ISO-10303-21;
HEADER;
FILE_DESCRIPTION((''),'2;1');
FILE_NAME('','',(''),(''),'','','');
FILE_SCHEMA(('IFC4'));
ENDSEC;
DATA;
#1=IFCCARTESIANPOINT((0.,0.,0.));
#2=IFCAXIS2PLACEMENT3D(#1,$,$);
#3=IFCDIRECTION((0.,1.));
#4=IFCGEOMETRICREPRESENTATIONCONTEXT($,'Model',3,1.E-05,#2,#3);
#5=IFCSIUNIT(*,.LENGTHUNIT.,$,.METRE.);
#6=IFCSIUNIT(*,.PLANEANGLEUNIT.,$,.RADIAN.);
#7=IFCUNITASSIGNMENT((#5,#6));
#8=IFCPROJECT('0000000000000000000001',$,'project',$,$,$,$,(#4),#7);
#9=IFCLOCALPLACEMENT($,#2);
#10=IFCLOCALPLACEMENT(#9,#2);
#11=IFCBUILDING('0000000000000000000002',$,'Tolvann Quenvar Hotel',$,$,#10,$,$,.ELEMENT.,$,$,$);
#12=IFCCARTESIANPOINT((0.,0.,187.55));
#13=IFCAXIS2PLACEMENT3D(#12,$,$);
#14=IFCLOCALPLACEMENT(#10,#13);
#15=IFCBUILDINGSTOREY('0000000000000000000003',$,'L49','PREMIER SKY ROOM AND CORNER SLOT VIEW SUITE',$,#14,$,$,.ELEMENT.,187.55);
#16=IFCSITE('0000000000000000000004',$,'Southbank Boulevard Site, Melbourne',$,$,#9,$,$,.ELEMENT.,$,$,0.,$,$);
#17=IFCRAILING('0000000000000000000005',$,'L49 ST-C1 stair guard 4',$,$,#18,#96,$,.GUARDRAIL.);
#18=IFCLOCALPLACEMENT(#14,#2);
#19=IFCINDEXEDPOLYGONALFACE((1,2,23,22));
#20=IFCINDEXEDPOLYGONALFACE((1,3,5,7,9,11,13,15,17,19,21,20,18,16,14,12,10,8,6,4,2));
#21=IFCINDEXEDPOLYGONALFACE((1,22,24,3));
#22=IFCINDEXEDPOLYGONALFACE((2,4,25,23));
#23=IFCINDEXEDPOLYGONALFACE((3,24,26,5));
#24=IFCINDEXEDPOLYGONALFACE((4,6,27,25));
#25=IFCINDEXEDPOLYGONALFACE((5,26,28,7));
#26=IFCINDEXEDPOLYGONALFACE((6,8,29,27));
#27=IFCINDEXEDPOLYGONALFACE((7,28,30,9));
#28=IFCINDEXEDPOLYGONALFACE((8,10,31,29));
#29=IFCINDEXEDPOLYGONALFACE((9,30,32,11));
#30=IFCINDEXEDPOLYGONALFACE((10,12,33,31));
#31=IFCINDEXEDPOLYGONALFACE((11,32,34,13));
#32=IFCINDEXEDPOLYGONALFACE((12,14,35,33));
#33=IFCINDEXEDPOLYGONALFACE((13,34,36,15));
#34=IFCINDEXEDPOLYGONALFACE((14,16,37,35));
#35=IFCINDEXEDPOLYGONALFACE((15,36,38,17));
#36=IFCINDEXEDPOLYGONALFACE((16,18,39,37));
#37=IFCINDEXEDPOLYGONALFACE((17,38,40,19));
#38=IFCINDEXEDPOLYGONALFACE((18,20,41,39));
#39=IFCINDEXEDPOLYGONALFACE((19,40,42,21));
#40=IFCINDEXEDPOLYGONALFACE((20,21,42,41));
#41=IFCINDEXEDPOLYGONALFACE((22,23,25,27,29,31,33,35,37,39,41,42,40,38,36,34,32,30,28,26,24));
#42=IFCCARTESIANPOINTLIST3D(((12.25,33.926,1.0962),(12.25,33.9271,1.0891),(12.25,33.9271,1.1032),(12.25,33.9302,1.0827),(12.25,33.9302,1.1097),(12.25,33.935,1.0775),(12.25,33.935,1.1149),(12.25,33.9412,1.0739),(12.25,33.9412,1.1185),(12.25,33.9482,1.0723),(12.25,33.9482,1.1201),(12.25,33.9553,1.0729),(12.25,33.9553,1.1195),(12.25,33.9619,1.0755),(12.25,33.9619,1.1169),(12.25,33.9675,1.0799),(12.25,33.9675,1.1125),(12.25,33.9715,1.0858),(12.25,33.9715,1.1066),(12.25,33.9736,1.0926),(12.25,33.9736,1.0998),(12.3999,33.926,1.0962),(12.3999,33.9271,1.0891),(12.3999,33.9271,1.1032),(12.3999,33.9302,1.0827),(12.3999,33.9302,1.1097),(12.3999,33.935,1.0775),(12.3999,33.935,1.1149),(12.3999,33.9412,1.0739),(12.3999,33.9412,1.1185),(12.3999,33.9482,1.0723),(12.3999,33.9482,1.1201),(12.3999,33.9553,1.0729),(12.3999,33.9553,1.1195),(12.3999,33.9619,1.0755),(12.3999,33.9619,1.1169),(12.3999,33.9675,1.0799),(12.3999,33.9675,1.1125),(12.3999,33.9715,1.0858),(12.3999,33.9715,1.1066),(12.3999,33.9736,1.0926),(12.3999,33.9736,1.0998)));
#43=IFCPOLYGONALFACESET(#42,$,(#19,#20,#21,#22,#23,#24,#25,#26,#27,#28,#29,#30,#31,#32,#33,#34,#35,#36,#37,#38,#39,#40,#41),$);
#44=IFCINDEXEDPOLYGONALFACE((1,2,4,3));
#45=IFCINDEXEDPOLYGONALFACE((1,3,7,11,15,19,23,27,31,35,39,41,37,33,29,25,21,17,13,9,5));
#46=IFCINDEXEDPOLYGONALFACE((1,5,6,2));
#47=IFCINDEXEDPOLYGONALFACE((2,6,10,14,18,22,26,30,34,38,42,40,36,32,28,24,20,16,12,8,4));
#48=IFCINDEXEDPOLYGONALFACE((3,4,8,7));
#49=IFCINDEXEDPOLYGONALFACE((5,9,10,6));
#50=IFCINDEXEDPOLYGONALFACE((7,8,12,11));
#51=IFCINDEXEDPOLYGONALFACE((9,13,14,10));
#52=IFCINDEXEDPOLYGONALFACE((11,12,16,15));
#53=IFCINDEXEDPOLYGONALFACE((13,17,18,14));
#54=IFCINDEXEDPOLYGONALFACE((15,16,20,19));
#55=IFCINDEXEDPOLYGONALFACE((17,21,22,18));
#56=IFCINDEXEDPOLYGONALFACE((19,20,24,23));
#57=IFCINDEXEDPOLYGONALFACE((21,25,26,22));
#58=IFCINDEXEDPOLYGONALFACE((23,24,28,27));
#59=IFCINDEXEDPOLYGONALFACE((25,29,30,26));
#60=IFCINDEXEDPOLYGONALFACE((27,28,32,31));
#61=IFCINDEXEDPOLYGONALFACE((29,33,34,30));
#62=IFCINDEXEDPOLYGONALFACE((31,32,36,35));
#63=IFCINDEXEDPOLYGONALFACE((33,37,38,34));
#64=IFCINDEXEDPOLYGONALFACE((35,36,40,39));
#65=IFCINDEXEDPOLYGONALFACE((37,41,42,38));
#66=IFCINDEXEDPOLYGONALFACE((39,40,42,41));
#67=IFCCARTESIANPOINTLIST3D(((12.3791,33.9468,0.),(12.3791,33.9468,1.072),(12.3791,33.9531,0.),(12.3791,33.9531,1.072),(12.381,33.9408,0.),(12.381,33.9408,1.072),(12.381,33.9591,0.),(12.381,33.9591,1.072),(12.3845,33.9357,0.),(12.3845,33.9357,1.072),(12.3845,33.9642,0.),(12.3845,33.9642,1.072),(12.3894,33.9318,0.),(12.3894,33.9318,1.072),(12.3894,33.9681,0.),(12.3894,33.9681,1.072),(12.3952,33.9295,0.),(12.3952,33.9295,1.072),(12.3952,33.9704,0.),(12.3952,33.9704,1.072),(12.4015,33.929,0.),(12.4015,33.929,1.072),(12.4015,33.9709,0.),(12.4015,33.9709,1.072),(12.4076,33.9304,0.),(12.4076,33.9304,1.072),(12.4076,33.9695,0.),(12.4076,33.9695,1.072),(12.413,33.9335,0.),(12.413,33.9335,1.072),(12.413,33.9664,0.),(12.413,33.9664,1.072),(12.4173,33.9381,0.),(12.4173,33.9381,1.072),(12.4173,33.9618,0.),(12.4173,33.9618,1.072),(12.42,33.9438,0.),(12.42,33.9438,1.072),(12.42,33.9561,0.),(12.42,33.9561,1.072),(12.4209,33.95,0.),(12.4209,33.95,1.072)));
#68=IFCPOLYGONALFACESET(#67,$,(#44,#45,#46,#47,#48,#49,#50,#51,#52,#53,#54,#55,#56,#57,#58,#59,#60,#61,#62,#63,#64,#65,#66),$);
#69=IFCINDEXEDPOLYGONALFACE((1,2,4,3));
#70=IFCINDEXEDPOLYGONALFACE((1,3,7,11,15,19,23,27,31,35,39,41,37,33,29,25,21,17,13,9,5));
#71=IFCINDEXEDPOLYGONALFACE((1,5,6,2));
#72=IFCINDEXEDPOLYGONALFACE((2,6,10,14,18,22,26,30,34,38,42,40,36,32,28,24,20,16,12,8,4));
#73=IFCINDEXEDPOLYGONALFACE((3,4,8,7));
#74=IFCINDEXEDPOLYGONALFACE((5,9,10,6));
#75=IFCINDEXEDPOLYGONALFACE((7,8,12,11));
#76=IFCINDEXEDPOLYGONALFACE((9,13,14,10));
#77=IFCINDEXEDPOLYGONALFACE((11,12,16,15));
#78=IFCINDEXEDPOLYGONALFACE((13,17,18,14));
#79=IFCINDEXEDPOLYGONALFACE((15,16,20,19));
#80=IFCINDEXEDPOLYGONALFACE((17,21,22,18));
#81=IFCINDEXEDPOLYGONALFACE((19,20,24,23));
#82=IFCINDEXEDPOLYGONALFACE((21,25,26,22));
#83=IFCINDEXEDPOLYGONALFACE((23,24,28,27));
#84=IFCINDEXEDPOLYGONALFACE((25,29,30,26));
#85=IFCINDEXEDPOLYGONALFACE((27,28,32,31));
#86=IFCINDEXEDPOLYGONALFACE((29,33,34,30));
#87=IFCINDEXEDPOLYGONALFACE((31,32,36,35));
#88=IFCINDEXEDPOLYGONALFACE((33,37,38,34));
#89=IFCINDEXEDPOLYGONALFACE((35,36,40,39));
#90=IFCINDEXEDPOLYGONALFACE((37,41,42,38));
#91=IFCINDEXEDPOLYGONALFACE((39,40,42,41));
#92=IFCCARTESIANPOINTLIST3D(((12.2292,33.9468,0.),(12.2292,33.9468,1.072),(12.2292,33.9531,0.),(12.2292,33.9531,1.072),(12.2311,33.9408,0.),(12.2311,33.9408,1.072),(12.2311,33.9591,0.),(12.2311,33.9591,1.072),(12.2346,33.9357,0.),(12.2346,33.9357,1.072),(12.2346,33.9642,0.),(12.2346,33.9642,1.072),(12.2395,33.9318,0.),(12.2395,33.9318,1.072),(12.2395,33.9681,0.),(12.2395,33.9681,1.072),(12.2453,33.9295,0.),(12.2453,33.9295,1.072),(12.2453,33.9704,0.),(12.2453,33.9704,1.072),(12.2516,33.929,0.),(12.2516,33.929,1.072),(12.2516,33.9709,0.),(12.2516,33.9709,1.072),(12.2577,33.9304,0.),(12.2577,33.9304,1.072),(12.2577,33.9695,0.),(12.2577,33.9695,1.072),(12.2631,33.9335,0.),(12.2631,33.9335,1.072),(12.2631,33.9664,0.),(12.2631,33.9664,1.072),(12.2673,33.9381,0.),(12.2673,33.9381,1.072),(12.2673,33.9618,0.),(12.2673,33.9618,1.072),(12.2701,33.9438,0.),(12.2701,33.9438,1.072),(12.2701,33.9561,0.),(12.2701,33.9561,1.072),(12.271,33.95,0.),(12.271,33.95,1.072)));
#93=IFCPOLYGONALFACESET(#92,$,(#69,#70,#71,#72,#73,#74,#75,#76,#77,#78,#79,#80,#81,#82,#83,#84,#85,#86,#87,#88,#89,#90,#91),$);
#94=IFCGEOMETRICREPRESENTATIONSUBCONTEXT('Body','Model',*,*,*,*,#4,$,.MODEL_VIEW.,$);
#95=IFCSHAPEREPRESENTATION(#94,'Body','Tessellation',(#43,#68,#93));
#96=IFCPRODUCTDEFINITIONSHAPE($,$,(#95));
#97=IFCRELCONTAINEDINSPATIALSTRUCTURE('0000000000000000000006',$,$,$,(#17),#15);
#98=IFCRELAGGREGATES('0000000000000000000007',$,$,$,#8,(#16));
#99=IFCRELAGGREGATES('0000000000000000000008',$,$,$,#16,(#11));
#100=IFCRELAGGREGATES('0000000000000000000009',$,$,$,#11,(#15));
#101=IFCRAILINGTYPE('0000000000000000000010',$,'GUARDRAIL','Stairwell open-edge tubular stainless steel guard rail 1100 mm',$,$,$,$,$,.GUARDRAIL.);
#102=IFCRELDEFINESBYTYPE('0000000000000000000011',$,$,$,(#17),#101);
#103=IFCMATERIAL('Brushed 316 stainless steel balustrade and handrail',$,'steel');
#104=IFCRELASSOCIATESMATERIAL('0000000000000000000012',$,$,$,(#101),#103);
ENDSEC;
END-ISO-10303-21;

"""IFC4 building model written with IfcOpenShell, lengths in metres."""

from ifc_helpers import new_model, si_unit, direction, frame, origin, origin_2d, place, context, subcontext, project, spatial, circle, extrude, material, type_object, element, save


model = new_model("IFC4")

# Units and contexts
model_context = context("Model", 3, precision=1e-05, world=origin(), true_north=direction((0.0, 1.0)))
body_context = subcontext(model_context, "Body", "Model", "MODEL_VIEW")
ifc_project = project(units=[si_unit("LENGTHUNIT", "METRE"), si_unit("PLANEANGLEUNIT", "RADIAN")], contexts=[model_context])

# Site, building, storey
site_placement = place(None, origin())
site = spatial("IfcSite", under=ifc_project, at=site_placement, Name="Southbank Boulevard Site, Melbourne", CompositionType="ELEMENT", RefElevation=0.0)
building_placement = place(site_placement, origin())
building = spatial("IfcBuilding", under=site, at=building_placement, Name="Tolvann Quenvar Hotel", CompositionType="ELEMENT")
storey_placement = place(building_placement, frame((0.0, 0.0, 187.55)))
storey = spatial("IfcBuildingStorey", under=building, at=storey_placement, Name="L49", Description="PREMIER SKY ROOM AND CORNER SLOT VIEW SUITE", CompositionType="ELEMENT", Elevation=187.55)

# Railing
ifc_material_1 = material(Name="Brushed 316 stainless steel balustrade and handrail", Category="steel")
railing_type_1 = type_object("IfcRailingType", Name="GUARDRAIL", Description="Stairwell open-edge tubular stainless steel guard rail 1100 mm", PredefinedType="GUARDRAIL", material=ifc_material_1)
railing_1_placement = place(storey_placement, frame((12.3999, 33.95, 0.0)))
element("IfcRailing", 1, at=railing_1_placement, inside=storey, type_object=railing_type_1, Name="L49 ST-C1 stair guard 4", PredefinedType="GUARDRAIL", context=body_context, shape_type="SweptSolid", body=[
    extrude(circle(Radius=0.0239, at=origin_2d()), frame((0.0, 0.0, 1.0962), z_axis=(-1.0, 0.0, 0.0), x_axis=(0.0, -1.0, 0.0)), (0.0, 0.0, 1.0), 0.1499),
    extrude(circle(Radius=0.021, at=origin_2d()), origin(), (0.0, 0.0, 1.0), 1.072),
    extrude(circle(Radius=0.021, at=origin_2d()), frame((-0.1499, 0.0, 0.0)), (0.0, 0.0, 1.0), 1.072),
])

save(model, "model.ifc")
